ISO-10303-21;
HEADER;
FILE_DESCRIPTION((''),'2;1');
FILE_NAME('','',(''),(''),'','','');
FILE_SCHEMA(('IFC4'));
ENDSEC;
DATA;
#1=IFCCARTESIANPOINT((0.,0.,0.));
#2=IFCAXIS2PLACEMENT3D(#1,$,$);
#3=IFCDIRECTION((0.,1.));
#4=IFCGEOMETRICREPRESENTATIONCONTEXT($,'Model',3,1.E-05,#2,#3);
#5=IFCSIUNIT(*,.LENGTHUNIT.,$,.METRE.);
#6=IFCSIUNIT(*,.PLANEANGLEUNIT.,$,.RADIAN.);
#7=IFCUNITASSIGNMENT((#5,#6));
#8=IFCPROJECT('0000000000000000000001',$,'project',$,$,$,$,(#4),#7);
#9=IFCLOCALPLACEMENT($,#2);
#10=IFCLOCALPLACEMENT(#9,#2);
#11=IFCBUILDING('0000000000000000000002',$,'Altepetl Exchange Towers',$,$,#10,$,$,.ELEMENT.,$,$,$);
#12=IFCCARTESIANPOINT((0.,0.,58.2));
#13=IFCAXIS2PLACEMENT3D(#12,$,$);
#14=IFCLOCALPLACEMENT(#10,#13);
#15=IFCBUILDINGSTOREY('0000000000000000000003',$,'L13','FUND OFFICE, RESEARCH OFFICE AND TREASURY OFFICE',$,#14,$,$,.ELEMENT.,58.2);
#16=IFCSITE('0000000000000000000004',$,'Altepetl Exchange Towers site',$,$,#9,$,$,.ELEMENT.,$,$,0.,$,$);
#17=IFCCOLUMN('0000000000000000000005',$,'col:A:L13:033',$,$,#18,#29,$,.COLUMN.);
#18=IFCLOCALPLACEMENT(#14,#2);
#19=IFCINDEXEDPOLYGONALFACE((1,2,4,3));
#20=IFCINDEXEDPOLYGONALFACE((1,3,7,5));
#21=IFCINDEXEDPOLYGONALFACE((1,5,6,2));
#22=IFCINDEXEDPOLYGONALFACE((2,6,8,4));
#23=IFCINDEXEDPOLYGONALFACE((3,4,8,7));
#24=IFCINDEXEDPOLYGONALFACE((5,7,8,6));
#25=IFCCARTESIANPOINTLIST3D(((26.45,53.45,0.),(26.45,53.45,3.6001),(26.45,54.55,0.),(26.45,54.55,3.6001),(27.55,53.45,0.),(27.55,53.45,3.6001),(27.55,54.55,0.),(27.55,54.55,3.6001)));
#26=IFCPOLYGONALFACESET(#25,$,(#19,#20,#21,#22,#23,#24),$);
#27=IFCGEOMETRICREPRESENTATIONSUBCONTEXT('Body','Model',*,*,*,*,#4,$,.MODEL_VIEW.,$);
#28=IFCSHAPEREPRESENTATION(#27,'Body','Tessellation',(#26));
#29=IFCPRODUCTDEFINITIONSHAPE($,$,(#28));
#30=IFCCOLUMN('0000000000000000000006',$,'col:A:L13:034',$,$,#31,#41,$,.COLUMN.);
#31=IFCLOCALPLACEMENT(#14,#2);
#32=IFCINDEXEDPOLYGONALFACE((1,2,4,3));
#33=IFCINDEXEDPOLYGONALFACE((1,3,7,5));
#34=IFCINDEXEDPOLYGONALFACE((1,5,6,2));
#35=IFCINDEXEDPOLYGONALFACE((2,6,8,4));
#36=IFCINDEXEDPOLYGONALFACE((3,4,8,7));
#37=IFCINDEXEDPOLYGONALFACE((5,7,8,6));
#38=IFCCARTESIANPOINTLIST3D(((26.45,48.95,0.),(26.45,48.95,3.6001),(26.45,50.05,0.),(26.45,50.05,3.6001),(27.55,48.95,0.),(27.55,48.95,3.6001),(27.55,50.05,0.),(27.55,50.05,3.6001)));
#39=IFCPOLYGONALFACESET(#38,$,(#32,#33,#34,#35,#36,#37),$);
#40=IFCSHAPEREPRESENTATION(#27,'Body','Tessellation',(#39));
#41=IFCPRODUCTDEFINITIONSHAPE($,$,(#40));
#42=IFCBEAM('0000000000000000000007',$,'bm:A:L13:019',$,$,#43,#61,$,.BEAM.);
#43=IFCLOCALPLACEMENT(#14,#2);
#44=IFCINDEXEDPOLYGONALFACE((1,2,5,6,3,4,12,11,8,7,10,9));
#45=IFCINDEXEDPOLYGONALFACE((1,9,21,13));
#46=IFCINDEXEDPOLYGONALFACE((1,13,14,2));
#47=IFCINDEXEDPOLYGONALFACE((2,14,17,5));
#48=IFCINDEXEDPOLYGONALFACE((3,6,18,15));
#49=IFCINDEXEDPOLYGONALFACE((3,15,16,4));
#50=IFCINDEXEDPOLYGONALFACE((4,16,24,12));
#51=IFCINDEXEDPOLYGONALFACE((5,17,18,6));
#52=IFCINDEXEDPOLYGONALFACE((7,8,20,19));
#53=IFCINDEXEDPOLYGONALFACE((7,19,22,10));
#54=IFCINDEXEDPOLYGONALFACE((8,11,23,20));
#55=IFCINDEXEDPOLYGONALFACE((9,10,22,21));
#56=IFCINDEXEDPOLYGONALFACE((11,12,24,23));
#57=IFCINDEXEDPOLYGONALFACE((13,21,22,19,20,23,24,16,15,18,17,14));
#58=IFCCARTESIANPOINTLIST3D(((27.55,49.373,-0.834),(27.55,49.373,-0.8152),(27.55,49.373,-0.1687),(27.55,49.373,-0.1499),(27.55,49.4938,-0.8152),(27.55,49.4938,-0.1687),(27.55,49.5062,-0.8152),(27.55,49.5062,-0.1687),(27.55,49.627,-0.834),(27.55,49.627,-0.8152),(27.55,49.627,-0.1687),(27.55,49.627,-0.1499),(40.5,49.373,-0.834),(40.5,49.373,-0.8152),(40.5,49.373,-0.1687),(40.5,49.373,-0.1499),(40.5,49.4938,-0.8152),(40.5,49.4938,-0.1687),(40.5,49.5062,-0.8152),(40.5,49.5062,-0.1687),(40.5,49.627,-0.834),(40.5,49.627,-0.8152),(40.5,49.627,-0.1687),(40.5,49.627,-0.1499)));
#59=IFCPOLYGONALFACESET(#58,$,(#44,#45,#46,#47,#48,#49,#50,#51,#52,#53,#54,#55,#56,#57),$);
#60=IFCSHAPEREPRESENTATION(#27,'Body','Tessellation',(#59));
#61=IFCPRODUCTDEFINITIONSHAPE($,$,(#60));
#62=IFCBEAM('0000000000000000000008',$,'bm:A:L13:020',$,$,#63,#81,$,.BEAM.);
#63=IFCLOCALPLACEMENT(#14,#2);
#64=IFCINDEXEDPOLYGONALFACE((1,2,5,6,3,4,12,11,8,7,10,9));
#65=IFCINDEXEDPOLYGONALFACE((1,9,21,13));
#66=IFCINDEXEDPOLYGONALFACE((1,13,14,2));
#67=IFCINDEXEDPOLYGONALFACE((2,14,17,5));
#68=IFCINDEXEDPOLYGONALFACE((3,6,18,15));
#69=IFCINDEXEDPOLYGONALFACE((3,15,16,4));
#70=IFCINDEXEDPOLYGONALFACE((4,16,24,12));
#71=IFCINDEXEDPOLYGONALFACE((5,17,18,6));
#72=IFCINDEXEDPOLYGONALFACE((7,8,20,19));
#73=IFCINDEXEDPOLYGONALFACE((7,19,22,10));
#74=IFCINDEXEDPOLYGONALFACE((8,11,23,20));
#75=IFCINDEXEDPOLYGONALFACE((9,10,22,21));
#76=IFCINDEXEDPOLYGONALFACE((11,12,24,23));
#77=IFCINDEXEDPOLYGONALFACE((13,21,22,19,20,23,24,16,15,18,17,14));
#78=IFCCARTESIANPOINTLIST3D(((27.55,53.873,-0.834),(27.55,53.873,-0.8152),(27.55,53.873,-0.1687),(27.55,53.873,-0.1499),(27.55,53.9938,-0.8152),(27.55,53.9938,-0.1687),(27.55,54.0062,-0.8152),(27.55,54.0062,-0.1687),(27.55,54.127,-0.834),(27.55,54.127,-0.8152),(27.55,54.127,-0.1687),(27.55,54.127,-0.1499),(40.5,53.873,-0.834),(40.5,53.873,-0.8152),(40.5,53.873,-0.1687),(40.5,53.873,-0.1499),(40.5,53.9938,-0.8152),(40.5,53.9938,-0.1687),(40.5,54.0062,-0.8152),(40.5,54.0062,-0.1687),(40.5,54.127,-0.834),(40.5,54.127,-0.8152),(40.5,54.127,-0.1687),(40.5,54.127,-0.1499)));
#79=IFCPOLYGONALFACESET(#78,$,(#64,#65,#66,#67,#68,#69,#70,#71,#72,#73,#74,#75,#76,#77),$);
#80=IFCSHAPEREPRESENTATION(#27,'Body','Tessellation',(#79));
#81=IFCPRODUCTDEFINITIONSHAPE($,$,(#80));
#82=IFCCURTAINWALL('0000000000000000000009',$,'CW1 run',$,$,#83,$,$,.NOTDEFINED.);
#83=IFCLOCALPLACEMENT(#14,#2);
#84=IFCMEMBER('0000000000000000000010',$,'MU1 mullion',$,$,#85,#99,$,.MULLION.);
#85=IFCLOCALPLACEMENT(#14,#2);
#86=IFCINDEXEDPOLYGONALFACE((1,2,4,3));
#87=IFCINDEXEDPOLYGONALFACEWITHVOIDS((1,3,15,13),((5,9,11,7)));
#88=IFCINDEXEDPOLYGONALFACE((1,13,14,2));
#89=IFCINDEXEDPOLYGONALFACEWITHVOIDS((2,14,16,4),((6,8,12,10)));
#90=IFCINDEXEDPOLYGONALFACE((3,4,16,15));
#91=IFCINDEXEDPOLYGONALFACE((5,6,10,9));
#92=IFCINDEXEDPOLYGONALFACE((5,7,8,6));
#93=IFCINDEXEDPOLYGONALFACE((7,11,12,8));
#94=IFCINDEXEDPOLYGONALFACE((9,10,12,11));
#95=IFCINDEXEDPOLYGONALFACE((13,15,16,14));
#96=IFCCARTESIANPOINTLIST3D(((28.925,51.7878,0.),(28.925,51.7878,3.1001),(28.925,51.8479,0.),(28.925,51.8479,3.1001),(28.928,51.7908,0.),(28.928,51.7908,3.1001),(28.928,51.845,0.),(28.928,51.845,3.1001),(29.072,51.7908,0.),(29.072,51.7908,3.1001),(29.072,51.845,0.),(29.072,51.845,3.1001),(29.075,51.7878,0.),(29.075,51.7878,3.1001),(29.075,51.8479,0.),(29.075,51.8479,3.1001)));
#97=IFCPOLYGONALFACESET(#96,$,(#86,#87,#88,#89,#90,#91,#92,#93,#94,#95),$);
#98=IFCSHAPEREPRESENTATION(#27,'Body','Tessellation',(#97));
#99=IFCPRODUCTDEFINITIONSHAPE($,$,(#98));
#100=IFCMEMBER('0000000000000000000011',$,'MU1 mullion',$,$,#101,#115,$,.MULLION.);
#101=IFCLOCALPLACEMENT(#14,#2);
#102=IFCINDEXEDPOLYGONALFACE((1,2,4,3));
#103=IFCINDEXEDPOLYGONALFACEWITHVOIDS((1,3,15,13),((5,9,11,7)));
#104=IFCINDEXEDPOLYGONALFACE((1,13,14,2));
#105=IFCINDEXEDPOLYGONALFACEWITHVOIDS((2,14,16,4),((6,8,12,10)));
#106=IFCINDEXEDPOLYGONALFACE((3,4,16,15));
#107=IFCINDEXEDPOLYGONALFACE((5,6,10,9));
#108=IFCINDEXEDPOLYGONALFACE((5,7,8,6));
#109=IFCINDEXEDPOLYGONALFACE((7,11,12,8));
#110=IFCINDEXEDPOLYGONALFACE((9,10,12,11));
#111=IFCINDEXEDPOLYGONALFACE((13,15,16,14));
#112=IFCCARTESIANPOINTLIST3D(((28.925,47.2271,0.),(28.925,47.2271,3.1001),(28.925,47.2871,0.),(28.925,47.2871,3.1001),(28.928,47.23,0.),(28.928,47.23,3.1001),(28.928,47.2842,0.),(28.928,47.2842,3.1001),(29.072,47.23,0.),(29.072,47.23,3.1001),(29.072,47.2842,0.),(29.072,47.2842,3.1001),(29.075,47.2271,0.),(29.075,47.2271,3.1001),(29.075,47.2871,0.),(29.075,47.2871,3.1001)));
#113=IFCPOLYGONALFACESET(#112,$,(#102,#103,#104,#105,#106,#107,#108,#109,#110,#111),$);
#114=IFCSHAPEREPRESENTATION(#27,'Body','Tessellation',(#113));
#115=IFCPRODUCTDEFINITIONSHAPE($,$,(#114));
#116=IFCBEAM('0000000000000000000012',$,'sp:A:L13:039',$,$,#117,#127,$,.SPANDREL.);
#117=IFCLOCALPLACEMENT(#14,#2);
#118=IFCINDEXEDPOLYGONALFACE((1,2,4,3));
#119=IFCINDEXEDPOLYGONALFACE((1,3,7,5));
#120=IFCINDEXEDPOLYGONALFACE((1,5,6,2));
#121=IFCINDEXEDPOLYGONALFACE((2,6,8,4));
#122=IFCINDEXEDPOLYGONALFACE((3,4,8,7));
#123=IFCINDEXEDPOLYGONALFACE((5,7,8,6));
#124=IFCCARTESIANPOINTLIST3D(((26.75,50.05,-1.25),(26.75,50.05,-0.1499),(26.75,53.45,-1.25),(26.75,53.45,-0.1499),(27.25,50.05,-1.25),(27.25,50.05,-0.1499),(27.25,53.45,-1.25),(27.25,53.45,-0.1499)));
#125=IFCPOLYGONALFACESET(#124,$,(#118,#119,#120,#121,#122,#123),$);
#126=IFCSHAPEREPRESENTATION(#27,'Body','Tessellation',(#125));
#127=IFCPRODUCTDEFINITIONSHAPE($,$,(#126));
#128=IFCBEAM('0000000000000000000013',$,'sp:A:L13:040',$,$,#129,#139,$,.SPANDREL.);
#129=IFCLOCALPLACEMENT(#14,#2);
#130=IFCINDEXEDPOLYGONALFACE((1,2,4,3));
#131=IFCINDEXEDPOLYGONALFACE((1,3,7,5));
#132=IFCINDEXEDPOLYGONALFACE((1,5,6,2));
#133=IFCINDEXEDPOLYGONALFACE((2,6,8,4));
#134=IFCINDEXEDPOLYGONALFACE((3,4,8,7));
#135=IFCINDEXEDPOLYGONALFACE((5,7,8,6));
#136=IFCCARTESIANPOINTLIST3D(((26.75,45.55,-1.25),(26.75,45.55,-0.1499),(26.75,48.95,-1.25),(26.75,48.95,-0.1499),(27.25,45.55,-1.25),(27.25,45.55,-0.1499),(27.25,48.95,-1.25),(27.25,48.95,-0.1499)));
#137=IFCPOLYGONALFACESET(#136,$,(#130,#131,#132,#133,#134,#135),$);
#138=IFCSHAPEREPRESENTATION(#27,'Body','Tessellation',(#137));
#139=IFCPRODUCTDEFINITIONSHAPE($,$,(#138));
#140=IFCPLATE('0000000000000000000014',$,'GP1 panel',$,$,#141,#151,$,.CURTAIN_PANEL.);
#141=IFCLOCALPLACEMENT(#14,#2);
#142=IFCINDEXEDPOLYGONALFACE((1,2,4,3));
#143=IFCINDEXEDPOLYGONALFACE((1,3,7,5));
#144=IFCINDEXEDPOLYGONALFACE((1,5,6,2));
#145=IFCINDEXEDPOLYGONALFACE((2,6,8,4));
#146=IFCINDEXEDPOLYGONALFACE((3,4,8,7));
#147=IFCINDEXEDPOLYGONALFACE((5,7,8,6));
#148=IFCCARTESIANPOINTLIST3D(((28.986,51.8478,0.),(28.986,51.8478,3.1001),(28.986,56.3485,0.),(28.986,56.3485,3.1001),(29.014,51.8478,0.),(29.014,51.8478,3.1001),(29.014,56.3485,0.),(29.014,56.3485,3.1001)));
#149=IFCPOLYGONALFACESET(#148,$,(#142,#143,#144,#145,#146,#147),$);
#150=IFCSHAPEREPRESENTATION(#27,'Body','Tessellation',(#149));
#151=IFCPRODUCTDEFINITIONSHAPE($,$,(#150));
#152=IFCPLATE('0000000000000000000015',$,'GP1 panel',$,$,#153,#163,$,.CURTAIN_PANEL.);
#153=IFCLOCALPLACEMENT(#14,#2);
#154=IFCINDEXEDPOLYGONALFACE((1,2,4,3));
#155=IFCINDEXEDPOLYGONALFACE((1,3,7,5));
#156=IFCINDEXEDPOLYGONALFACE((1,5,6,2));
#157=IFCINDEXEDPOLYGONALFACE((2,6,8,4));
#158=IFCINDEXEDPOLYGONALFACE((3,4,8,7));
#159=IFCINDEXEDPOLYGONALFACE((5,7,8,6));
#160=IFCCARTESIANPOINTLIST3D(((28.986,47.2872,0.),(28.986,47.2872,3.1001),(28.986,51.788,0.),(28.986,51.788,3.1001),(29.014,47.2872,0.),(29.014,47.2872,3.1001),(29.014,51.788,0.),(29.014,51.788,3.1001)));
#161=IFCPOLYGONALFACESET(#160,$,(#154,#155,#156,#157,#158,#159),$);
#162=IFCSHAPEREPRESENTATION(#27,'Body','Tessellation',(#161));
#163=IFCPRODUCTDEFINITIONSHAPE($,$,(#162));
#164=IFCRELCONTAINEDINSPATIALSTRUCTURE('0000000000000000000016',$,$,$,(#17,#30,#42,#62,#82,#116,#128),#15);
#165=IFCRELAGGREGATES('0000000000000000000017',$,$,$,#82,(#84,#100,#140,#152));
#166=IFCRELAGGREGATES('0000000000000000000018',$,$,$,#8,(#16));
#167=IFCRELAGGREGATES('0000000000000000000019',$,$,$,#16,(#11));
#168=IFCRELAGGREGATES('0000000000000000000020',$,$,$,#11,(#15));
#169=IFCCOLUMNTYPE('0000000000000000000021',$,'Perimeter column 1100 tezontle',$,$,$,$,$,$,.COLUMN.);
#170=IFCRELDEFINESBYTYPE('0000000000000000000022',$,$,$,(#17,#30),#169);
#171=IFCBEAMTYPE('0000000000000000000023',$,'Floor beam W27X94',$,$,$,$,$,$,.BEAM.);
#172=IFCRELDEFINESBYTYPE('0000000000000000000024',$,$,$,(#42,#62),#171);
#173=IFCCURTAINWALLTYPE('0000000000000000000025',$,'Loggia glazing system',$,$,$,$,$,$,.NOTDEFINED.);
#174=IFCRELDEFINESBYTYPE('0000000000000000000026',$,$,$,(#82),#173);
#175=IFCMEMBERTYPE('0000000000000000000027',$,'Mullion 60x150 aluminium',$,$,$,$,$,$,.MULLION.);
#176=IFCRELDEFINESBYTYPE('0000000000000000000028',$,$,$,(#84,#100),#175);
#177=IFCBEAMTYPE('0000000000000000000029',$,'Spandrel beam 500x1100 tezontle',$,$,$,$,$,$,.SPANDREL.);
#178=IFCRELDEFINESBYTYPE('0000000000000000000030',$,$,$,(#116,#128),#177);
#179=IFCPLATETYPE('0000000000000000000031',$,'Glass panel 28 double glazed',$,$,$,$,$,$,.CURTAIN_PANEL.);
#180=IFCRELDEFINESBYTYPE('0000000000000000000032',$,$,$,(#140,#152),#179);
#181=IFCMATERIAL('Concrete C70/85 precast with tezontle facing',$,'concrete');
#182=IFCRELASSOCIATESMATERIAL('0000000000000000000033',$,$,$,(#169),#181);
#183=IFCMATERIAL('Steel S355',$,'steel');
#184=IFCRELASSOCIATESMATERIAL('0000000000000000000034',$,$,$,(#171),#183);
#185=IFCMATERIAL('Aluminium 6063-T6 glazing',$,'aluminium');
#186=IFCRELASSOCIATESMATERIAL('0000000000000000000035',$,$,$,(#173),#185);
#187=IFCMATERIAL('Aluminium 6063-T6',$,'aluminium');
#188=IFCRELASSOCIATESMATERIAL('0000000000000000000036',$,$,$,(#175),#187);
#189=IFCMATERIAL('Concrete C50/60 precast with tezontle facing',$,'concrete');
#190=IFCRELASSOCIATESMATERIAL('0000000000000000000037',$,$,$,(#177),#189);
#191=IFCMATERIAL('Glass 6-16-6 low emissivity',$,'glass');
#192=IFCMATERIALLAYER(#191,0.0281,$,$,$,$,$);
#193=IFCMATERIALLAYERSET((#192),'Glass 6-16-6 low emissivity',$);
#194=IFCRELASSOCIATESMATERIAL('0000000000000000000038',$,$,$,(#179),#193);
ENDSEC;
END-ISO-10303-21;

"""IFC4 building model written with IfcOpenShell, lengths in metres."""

from ifc_helpers import new_model, si_unit, direction, frame, origin, origin_2d, place, context, subcontext, project, spatial, rectangle, hollow_rectangle, i_section, extrude, material, layer, layer_set, material_profile, profile_set, type_object, element, aggregate, save


model = new_model("IFC4")

# Units and contexts
model_context = context("Model", 3, precision=1e-05, world=origin(), true_north=direction((0.0, 1.0)))
body_context = subcontext(model_context, "Body", "Model", "MODEL_VIEW")
ifc_project = project(units=[si_unit("LENGTHUNIT", "METRE"), si_unit("PLANEANGLEUNIT", "RADIAN")], contexts=[model_context])

# Site, building, storey
site_placement = place(None, origin())
site = spatial("IfcSite", under=ifc_project, at=site_placement, Name="Altepetl Exchange Towers site", CompositionType="ELEMENT", RefElevation=0.0)
building_placement = place(site_placement, origin())
building = spatial("IfcBuilding", under=site, at=building_placement, Name="Altepetl Exchange Towers", CompositionType="ELEMENT")
storey_placement = place(building_placement, frame((0.0, 0.0, 58.2)))
storey = spatial("IfcBuildingStorey", under=building, at=storey_placement, Name="L13", Description="FUND OFFICE, RESEARCH OFFICE AND TREASURY OFFICE", CompositionType="ELEMENT", Elevation=58.2)

# Columns
ifc_material_1 = material(Name="Concrete C70/85 precast with tezontle facing", Category="concrete")
ifc_material_profile_1 = material_profile(ifc_material_1, rectangle(XDim=1.1001, YDim=1.1001, at=origin_2d()), Name="1100 x 1100")
ifc_profile_set_1 = profile_set([ifc_material_profile_1], Name="Concrete C70/85 precast with tezontle facing")
column_type = type_object("IfcColumnType", Name="Perimeter column 1100 tezontle", PredefinedType="COLUMN", material=ifc_profile_set_1)
for number, where, name in (
    (1, (27.0, 54.0, 0.0), "col:A:L13:033"),
    (2, (27.0, 49.5, 0.0), "col:A:L13:034"),
):
    element("IfcColumn", number, at=place(storey_placement, frame(where)), inside=storey, type_object=column_type, Name=name, PredefinedType="COLUMN", context=body_context, shape_type="SweptSolid", body=[
        extrude(rectangle(XDim=1.1001, YDim=1.1001, at=origin_2d()), origin(), (0.0, 0.0, 1.0), 3.6001),
    ])

# Beams
ifc_material_2 = material(Name="Steel S355", Category="steel")
ifc_material_profile_2 = material_profile(ifc_material_2, i_section(OverallWidth=0.2539, OverallDepth=0.6841, WebThickness=0.0125, FlangeThickness=0.0188, at=origin_2d()), Name="W27X94")
ifc_profile_set_2 = profile_set([ifc_material_profile_2], Name="Steel S355")
beam_type_1 = type_object("IfcBeamType", Name="Floor beam W27X94", PredefinedType="BEAM", material=ifc_profile_set_2)
for number, where, z_axis, x_axis, name in (
    (3, (27.55, 49.5, -0.4919), (1.0, 0.0, 0.0), (0.0, 1.0, 0.0), "bm:A:L13:019"),
    (4, (27.55, 54.0, -0.4919), (1.0, 0.0, 0.0), (0.0, 1.0, 0.0), "bm:A:L13:020"),
):
    element("IfcBeam", number, at=place(storey_placement, frame(where, z_axis=z_axis, x_axis=x_axis)), inside=storey, type_object=beam_type_1, Name=name, PredefinedType="BEAM", context=body_context, shape_type="SweptSolid", body=[
        extrude(i_section(OverallWidth=0.2539, OverallDepth=0.6841, WebThickness=0.0125, FlangeThickness=0.0188, at=origin_2d()), origin(), (0.0, 0.0, 1.0), 12.95),
    ])

# Curtain wall, members
ifc_material_3 = material(Name="Aluminium 6063-T6 glazing", Category="aluminium")
curtain_wall_type = type_object("IfcCurtainWallType", Name="Loggia glazing system", PredefinedType="NOTDEFINED", material=ifc_material_3)
curtain_wall_placement = place(storey_placement, origin())
curtain_wall = element("IfcCurtainWall", 5, at=curtain_wall_placement, inside=storey, type_object=curtain_wall_type, Name="CW1 run", PredefinedType="NOTDEFINED")
ifc_material_4 = material(Name="Aluminium 6063-T6", Category="aluminium")
ifc_material_profile_3 = material_profile(ifc_material_4, hollow_rectangle(XDim=0.0601, YDim=0.1499, WallThickness=0.0029, at=origin_2d()), Name="Mullion 60x150 aluminium")
ifc_profile_set_3 = profile_set([ifc_material_profile_3], Name="Aluminium 6063-T6")
member_type = type_object("IfcMemberType", Name="Mullion 60x150 aluminium", PredefinedType="MULLION", material=ifc_profile_set_3)
member_1_placement = place(storey_placement, frame((29.0, 51.8179, 0.0), z_axis=(0.0, 0.0, 1.0), x_axis=(0.0, -1.0, 0.0)))
member_1 = element("IfcMember", 6, at=member_1_placement, type_object=member_type, Name="MU1 mullion", PredefinedType="MULLION", context=body_context, shape_type="SweptSolid", body=[
    extrude(hollow_rectangle(XDim=0.0601, YDim=0.1499, WallThickness=0.0029, at=origin_2d()), origin(), (0.0, 0.0, 1.0), 3.1001),
])
member_2_placement = place(storey_placement, frame((29.0, 47.2571, 0.0), z_axis=(0.0, 0.0, 1.0), x_axis=(0.0, -1.0, 0.0)))
member_2 = element("IfcMember", 7, at=member_2_placement, type_object=member_type, Name="MU1 mullion", PredefinedType="MULLION", context=body_context, shape_type="SweptSolid", body=[
    extrude(hollow_rectangle(XDim=0.0601, YDim=0.1499, WallThickness=0.0029, at=origin_2d()), origin(), (0.0, 0.0, 1.0), 3.1001),
])

# Beams
ifc_material_5 = material(Name="Concrete C50/60 precast with tezontle facing", Category="concrete")
ifc_material_profile_4 = material_profile(ifc_material_5, rectangle(XDim=0.5, YDim=1.1001, at=origin_2d()), Name="500 x 1100")
ifc_profile_set_4 = profile_set([ifc_material_profile_4], Name="Concrete C50/60 precast with tezontle facing")
beam_type_2 = type_object("IfcBeamType", Name="Spandrel beam 500x1100 tezontle", PredefinedType="SPANDREL", material=ifc_profile_set_4)
for number, where, z_axis, x_axis, name in (
    (8, (27.0, 53.45, -0.7), (0.0, -1.0, 0.0), (1.0, 0.0, 0.0), "sp:A:L13:039"),
    (9, (27.0, 48.95, -0.7), (0.0, -1.0, 0.0), (1.0, 0.0, 0.0), "sp:A:L13:040"),
):
    element("IfcBeam", number, at=place(storey_placement, frame(where, z_axis=z_axis, x_axis=x_axis)), inside=storey, type_object=beam_type_2, Name=name, PredefinedType="SPANDREL", context=body_context, shape_type="SweptSolid", body=[
        extrude(rectangle(XDim=0.5, YDim=1.1001, at=origin_2d()), origin(), (0.0, 0.0, 1.0), 3.3999),
    ])

# Plates
ifc_material_6 = material(Name="Glass 6-16-6 low emissivity", Category="glass")
ifc_layer_1 = layer(ifc_material_6, 0.0281)
ifc_layer_set_1 = layer_set([ifc_layer_1], Name="Glass 6-16-6 low emissivity")
plate_type = type_object("IfcPlateType", Name="Glass panel 28 double glazed", PredefinedType="CURTAIN_PANEL", material=ifc_layer_set_1)
plate_1_placement = place(storey_placement, frame((29.0, 54.0981, 0.0), z_axis=(0.0, 0.0, 1.0), x_axis=(0.0, -1.0, 0.0)))
plate_1 = element("IfcPlate", 10, at=plate_1_placement, type_object=plate_type, Name="GP1 panel", PredefinedType="CURTAIN_PANEL", context=body_context, shape_type="SweptSolid", body=[
    extrude(rectangle(XDim=4.5007, YDim=0.0281, at=origin_2d()), origin(), (0.0, 0.0, 1.0), 3.1001),
])
plate_2_placement = place(storey_placement, frame((29.0, 49.5376, 0.0), z_axis=(0.0, 0.0, 1.0), x_axis=(0.0, -1.0, 0.0)))
plate_2 = element("IfcPlate", 11, at=plate_2_placement, type_object=plate_type, Name="GP1 panel", PredefinedType="CURTAIN_PANEL", context=body_context, shape_type="SweptSolid", body=[
    extrude(rectangle(XDim=4.5007, YDim=0.0281, at=origin_2d()), origin(), (0.0, 0.0, 1.0), 3.1001),
])
aggregate(curtain_wall, [member_1, member_2, plate_1, plate_2])

save(model, "model.ifc")
